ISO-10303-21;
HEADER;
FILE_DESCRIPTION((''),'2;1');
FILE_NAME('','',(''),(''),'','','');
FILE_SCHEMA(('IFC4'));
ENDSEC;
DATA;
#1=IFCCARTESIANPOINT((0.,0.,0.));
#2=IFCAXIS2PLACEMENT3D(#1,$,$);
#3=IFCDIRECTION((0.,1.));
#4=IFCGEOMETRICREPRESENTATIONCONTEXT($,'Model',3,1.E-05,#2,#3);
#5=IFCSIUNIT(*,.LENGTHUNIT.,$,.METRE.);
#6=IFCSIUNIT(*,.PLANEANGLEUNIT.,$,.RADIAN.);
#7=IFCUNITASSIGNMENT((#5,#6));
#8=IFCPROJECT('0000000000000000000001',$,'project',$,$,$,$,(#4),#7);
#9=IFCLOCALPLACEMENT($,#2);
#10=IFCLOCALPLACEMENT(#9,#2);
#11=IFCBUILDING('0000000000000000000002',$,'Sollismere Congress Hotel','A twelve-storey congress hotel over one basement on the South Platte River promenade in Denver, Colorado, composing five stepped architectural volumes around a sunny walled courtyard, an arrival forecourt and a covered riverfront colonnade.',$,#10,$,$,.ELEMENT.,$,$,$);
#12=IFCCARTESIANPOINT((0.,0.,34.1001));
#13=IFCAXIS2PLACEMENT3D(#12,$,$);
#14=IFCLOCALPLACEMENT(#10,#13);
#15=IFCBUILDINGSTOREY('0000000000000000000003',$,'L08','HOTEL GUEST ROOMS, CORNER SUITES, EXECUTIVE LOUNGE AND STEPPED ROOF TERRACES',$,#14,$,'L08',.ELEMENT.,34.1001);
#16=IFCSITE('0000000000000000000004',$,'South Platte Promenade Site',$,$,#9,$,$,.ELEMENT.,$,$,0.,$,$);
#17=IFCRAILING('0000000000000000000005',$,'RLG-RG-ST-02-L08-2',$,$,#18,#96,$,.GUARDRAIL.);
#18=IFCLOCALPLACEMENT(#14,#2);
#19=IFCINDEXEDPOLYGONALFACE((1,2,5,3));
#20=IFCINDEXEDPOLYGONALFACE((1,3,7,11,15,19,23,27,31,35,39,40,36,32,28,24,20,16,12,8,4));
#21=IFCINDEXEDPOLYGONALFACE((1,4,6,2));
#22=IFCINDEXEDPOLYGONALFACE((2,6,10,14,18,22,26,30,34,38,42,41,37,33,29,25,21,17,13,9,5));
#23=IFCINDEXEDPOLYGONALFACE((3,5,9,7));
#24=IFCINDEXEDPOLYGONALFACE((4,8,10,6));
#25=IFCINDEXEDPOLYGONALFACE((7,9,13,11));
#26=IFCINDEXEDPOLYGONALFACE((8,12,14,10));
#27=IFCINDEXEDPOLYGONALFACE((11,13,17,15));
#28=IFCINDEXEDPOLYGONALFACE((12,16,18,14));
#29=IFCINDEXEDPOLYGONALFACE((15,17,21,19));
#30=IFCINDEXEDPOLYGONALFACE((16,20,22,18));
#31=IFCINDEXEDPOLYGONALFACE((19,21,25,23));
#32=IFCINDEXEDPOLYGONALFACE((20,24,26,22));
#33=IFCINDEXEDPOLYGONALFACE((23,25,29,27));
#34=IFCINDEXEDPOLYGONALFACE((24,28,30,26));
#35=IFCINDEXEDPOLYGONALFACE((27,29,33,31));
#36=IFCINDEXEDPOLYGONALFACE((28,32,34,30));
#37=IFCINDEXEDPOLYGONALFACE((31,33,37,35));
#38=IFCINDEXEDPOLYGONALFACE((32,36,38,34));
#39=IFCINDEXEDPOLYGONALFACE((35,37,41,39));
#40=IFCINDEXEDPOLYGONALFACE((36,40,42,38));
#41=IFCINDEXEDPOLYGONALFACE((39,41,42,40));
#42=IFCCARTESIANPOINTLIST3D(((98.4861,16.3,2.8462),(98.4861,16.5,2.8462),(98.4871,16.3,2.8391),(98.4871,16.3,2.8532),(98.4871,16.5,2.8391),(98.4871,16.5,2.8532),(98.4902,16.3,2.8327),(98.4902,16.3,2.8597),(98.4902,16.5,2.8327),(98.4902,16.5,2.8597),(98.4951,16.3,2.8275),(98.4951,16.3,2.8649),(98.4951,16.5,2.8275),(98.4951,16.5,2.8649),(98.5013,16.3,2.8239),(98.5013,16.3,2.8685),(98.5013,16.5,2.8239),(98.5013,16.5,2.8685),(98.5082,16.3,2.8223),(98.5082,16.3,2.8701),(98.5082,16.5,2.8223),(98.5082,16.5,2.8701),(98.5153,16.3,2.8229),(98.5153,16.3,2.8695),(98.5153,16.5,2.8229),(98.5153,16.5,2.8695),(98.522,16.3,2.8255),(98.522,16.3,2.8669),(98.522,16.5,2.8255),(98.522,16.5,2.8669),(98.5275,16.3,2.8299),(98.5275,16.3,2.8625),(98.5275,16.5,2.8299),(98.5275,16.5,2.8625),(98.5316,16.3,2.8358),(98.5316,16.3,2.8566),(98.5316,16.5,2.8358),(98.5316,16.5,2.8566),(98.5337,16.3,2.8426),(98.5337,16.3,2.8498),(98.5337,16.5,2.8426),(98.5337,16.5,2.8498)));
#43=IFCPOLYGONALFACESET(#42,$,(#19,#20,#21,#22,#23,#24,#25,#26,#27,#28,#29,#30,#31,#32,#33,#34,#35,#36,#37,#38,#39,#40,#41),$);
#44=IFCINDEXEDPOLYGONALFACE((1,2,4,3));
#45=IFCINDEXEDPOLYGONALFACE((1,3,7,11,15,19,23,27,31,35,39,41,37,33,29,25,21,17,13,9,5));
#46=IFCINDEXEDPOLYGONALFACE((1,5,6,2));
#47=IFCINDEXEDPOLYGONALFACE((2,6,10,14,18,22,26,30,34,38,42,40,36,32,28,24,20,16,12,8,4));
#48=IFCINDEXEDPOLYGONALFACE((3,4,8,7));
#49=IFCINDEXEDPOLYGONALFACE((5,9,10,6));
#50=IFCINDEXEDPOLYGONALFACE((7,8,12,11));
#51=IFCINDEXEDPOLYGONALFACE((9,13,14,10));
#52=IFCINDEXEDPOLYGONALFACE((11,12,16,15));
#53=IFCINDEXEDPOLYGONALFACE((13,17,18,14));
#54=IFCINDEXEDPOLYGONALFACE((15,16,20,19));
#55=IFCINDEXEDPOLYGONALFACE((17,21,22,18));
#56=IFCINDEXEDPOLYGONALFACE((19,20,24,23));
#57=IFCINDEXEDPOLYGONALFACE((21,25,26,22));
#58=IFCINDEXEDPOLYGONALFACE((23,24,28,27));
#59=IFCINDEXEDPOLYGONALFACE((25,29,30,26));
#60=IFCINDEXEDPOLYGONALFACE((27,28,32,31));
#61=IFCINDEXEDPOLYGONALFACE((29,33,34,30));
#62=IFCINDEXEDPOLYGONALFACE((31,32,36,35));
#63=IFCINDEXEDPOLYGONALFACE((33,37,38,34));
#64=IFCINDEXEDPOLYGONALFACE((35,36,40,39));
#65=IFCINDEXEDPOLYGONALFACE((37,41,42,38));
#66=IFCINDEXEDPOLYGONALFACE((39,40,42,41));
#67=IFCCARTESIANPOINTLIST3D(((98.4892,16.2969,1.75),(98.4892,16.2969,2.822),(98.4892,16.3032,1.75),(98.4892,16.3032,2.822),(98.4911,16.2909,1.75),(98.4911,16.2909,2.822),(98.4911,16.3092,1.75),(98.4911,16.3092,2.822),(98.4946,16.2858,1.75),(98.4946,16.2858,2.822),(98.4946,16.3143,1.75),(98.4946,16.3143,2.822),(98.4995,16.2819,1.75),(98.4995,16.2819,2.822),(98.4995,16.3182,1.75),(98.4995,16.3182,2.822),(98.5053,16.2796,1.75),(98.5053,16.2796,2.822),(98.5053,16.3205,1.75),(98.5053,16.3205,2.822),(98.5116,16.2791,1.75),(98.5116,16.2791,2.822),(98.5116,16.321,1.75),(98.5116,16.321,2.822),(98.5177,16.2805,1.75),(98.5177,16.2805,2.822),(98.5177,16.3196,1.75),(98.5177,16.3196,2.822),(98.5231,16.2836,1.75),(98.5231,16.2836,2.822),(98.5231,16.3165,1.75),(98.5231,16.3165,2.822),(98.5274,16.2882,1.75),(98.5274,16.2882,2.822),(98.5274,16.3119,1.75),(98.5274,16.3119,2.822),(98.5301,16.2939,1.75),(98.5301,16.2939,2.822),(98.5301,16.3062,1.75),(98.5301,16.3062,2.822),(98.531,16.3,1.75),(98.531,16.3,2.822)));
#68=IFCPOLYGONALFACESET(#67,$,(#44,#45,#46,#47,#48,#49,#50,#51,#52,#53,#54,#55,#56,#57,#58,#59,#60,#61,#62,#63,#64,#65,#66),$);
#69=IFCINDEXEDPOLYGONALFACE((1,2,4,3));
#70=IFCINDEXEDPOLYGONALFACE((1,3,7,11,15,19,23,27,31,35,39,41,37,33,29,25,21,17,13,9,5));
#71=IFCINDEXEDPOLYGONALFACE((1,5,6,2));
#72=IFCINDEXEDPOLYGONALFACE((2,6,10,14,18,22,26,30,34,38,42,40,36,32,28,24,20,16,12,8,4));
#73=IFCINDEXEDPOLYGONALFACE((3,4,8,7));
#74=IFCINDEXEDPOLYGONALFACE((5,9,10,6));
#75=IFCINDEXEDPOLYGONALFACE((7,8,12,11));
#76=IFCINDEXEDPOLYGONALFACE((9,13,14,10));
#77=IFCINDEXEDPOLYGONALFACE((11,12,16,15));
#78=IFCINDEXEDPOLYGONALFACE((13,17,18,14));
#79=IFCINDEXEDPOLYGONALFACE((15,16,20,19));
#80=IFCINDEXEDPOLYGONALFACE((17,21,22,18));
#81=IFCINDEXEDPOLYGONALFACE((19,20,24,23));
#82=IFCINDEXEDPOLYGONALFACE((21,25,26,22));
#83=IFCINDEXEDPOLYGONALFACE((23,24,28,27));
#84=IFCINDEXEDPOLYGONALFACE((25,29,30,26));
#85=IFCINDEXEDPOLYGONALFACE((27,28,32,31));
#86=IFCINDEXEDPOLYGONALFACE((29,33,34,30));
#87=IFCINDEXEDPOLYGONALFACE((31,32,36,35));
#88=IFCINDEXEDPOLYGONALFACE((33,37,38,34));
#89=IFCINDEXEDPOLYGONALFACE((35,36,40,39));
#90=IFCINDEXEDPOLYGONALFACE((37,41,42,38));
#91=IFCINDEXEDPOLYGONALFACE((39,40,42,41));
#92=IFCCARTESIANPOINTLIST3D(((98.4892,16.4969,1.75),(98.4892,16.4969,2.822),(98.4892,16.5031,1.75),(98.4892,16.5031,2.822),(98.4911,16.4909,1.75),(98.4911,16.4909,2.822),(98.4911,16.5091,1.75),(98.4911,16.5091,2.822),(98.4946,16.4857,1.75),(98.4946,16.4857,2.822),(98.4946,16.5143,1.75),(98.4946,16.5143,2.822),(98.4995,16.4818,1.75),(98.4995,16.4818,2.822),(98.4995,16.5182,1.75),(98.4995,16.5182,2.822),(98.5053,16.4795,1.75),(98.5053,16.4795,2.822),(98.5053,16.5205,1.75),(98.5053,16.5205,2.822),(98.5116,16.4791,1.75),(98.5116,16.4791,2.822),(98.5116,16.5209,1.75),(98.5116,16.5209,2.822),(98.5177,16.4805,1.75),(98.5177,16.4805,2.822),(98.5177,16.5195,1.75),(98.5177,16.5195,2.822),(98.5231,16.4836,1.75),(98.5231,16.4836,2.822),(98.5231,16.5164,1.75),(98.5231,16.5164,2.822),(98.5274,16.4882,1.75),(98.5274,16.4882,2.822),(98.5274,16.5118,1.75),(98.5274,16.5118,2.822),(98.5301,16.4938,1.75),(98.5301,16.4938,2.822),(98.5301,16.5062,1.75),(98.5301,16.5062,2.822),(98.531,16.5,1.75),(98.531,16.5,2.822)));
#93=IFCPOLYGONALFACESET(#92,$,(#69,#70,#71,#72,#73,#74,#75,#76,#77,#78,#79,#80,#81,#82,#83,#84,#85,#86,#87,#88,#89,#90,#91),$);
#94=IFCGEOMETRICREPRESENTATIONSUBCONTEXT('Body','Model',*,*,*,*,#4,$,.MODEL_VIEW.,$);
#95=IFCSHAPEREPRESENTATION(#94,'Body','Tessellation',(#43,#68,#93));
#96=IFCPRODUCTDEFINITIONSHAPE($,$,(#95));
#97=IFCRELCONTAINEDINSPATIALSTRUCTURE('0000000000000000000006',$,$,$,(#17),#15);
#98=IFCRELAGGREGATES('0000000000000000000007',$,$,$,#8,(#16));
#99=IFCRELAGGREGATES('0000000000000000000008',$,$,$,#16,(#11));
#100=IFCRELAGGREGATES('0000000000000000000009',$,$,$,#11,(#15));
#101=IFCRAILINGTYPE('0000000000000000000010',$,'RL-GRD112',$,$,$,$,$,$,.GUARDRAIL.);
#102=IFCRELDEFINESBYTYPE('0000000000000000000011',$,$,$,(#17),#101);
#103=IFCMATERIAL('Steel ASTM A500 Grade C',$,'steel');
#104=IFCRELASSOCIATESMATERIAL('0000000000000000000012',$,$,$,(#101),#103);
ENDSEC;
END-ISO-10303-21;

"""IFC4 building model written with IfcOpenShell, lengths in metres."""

from ifc_helpers import new_model, si_unit, direction, frame, origin, origin_2d, place, context, subcontext, project, spatial, circle, extrude, material, type_object, element, save


model = new_model("IFC4")

# Units and contexts
model_context = context("Model", 3, precision=1e-05, world=origin(), true_north=direction((0.0, 1.0)))
body_context = subcontext(model_context, "Body", "Model", "MODEL_VIEW")
ifc_project = project(units=[si_unit("LENGTHUNIT", "METRE"), si_unit("PLANEANGLEUNIT", "RADIAN")], contexts=[model_context])

# Site, building, storey
site_placement = place(None, origin())
site = spatial("IfcSite", under=ifc_project, at=site_placement, Name="South Platte Promenade Site", CompositionType="ELEMENT", RefElevation=0.0)
building_placement = place(site_placement, origin())
building = spatial("IfcBuilding", under=site, at=building_placement, Name="Sollismere Congress Hotel", Description="A twelve-storey congress hotel over one basement on the South Platte River promenade in Denver, Colorado, composing five stepped architectural volumes around a sunny walled courtyard, an arrival forecourt and a covered riverfront colonnade.", CompositionType="ELEMENT")
storey_placement = place(building_placement, frame((0.0, 0.0, 34.1001)))
storey = spatial("IfcBuildingStorey", under=building, at=storey_placement, Name="L08", Description="HOTEL GUEST ROOMS, CORNER SUITES, EXECUTIVE LOUNGE AND STEPPED ROOF TERRACES", LongName="L08", CompositionType="ELEMENT", Elevation=34.1001)

# Shared definitions
ifc_material_1 = material(Name="Steel ASTM A500 Grade C", Category="steel")

# Railing
railing_type_1 = type_object("IfcRailingType", Name="RL-GRD112", PredefinedType="GUARDRAIL", material=ifc_material_1)
railing_1_placement = place(storey_placement, frame((98.51, 16.3, 1.75)))
element("IfcRailing", 1, at=railing_1_placement, inside=storey, type_object=railing_type_1, Name="RLG-RG-ST-02-L08-2", PredefinedType="GUARDRAIL", context=body_context, shape_type="SweptSolid", body=[
    extrude(circle(Radius=0.0239, at=origin_2d()), frame((0.0, 0.0, 1.0962), z_axis=(0.0, 1.0, 0.0), x_axis=(-1.0, 0.0, 0.0)), (0.0, 0.0, 1.0), 0.2),
    extrude(circle(Radius=0.021, at=origin_2d()), origin(), (0.0, 0.0, 1.0), 1.072),
    extrude(circle(Radius=0.021, at=origin_2d()), frame((0.0, 0.2, 0.0)), (0.0, 0.0, 1.0), 1.072),
])

save(model, "model.ifc")
